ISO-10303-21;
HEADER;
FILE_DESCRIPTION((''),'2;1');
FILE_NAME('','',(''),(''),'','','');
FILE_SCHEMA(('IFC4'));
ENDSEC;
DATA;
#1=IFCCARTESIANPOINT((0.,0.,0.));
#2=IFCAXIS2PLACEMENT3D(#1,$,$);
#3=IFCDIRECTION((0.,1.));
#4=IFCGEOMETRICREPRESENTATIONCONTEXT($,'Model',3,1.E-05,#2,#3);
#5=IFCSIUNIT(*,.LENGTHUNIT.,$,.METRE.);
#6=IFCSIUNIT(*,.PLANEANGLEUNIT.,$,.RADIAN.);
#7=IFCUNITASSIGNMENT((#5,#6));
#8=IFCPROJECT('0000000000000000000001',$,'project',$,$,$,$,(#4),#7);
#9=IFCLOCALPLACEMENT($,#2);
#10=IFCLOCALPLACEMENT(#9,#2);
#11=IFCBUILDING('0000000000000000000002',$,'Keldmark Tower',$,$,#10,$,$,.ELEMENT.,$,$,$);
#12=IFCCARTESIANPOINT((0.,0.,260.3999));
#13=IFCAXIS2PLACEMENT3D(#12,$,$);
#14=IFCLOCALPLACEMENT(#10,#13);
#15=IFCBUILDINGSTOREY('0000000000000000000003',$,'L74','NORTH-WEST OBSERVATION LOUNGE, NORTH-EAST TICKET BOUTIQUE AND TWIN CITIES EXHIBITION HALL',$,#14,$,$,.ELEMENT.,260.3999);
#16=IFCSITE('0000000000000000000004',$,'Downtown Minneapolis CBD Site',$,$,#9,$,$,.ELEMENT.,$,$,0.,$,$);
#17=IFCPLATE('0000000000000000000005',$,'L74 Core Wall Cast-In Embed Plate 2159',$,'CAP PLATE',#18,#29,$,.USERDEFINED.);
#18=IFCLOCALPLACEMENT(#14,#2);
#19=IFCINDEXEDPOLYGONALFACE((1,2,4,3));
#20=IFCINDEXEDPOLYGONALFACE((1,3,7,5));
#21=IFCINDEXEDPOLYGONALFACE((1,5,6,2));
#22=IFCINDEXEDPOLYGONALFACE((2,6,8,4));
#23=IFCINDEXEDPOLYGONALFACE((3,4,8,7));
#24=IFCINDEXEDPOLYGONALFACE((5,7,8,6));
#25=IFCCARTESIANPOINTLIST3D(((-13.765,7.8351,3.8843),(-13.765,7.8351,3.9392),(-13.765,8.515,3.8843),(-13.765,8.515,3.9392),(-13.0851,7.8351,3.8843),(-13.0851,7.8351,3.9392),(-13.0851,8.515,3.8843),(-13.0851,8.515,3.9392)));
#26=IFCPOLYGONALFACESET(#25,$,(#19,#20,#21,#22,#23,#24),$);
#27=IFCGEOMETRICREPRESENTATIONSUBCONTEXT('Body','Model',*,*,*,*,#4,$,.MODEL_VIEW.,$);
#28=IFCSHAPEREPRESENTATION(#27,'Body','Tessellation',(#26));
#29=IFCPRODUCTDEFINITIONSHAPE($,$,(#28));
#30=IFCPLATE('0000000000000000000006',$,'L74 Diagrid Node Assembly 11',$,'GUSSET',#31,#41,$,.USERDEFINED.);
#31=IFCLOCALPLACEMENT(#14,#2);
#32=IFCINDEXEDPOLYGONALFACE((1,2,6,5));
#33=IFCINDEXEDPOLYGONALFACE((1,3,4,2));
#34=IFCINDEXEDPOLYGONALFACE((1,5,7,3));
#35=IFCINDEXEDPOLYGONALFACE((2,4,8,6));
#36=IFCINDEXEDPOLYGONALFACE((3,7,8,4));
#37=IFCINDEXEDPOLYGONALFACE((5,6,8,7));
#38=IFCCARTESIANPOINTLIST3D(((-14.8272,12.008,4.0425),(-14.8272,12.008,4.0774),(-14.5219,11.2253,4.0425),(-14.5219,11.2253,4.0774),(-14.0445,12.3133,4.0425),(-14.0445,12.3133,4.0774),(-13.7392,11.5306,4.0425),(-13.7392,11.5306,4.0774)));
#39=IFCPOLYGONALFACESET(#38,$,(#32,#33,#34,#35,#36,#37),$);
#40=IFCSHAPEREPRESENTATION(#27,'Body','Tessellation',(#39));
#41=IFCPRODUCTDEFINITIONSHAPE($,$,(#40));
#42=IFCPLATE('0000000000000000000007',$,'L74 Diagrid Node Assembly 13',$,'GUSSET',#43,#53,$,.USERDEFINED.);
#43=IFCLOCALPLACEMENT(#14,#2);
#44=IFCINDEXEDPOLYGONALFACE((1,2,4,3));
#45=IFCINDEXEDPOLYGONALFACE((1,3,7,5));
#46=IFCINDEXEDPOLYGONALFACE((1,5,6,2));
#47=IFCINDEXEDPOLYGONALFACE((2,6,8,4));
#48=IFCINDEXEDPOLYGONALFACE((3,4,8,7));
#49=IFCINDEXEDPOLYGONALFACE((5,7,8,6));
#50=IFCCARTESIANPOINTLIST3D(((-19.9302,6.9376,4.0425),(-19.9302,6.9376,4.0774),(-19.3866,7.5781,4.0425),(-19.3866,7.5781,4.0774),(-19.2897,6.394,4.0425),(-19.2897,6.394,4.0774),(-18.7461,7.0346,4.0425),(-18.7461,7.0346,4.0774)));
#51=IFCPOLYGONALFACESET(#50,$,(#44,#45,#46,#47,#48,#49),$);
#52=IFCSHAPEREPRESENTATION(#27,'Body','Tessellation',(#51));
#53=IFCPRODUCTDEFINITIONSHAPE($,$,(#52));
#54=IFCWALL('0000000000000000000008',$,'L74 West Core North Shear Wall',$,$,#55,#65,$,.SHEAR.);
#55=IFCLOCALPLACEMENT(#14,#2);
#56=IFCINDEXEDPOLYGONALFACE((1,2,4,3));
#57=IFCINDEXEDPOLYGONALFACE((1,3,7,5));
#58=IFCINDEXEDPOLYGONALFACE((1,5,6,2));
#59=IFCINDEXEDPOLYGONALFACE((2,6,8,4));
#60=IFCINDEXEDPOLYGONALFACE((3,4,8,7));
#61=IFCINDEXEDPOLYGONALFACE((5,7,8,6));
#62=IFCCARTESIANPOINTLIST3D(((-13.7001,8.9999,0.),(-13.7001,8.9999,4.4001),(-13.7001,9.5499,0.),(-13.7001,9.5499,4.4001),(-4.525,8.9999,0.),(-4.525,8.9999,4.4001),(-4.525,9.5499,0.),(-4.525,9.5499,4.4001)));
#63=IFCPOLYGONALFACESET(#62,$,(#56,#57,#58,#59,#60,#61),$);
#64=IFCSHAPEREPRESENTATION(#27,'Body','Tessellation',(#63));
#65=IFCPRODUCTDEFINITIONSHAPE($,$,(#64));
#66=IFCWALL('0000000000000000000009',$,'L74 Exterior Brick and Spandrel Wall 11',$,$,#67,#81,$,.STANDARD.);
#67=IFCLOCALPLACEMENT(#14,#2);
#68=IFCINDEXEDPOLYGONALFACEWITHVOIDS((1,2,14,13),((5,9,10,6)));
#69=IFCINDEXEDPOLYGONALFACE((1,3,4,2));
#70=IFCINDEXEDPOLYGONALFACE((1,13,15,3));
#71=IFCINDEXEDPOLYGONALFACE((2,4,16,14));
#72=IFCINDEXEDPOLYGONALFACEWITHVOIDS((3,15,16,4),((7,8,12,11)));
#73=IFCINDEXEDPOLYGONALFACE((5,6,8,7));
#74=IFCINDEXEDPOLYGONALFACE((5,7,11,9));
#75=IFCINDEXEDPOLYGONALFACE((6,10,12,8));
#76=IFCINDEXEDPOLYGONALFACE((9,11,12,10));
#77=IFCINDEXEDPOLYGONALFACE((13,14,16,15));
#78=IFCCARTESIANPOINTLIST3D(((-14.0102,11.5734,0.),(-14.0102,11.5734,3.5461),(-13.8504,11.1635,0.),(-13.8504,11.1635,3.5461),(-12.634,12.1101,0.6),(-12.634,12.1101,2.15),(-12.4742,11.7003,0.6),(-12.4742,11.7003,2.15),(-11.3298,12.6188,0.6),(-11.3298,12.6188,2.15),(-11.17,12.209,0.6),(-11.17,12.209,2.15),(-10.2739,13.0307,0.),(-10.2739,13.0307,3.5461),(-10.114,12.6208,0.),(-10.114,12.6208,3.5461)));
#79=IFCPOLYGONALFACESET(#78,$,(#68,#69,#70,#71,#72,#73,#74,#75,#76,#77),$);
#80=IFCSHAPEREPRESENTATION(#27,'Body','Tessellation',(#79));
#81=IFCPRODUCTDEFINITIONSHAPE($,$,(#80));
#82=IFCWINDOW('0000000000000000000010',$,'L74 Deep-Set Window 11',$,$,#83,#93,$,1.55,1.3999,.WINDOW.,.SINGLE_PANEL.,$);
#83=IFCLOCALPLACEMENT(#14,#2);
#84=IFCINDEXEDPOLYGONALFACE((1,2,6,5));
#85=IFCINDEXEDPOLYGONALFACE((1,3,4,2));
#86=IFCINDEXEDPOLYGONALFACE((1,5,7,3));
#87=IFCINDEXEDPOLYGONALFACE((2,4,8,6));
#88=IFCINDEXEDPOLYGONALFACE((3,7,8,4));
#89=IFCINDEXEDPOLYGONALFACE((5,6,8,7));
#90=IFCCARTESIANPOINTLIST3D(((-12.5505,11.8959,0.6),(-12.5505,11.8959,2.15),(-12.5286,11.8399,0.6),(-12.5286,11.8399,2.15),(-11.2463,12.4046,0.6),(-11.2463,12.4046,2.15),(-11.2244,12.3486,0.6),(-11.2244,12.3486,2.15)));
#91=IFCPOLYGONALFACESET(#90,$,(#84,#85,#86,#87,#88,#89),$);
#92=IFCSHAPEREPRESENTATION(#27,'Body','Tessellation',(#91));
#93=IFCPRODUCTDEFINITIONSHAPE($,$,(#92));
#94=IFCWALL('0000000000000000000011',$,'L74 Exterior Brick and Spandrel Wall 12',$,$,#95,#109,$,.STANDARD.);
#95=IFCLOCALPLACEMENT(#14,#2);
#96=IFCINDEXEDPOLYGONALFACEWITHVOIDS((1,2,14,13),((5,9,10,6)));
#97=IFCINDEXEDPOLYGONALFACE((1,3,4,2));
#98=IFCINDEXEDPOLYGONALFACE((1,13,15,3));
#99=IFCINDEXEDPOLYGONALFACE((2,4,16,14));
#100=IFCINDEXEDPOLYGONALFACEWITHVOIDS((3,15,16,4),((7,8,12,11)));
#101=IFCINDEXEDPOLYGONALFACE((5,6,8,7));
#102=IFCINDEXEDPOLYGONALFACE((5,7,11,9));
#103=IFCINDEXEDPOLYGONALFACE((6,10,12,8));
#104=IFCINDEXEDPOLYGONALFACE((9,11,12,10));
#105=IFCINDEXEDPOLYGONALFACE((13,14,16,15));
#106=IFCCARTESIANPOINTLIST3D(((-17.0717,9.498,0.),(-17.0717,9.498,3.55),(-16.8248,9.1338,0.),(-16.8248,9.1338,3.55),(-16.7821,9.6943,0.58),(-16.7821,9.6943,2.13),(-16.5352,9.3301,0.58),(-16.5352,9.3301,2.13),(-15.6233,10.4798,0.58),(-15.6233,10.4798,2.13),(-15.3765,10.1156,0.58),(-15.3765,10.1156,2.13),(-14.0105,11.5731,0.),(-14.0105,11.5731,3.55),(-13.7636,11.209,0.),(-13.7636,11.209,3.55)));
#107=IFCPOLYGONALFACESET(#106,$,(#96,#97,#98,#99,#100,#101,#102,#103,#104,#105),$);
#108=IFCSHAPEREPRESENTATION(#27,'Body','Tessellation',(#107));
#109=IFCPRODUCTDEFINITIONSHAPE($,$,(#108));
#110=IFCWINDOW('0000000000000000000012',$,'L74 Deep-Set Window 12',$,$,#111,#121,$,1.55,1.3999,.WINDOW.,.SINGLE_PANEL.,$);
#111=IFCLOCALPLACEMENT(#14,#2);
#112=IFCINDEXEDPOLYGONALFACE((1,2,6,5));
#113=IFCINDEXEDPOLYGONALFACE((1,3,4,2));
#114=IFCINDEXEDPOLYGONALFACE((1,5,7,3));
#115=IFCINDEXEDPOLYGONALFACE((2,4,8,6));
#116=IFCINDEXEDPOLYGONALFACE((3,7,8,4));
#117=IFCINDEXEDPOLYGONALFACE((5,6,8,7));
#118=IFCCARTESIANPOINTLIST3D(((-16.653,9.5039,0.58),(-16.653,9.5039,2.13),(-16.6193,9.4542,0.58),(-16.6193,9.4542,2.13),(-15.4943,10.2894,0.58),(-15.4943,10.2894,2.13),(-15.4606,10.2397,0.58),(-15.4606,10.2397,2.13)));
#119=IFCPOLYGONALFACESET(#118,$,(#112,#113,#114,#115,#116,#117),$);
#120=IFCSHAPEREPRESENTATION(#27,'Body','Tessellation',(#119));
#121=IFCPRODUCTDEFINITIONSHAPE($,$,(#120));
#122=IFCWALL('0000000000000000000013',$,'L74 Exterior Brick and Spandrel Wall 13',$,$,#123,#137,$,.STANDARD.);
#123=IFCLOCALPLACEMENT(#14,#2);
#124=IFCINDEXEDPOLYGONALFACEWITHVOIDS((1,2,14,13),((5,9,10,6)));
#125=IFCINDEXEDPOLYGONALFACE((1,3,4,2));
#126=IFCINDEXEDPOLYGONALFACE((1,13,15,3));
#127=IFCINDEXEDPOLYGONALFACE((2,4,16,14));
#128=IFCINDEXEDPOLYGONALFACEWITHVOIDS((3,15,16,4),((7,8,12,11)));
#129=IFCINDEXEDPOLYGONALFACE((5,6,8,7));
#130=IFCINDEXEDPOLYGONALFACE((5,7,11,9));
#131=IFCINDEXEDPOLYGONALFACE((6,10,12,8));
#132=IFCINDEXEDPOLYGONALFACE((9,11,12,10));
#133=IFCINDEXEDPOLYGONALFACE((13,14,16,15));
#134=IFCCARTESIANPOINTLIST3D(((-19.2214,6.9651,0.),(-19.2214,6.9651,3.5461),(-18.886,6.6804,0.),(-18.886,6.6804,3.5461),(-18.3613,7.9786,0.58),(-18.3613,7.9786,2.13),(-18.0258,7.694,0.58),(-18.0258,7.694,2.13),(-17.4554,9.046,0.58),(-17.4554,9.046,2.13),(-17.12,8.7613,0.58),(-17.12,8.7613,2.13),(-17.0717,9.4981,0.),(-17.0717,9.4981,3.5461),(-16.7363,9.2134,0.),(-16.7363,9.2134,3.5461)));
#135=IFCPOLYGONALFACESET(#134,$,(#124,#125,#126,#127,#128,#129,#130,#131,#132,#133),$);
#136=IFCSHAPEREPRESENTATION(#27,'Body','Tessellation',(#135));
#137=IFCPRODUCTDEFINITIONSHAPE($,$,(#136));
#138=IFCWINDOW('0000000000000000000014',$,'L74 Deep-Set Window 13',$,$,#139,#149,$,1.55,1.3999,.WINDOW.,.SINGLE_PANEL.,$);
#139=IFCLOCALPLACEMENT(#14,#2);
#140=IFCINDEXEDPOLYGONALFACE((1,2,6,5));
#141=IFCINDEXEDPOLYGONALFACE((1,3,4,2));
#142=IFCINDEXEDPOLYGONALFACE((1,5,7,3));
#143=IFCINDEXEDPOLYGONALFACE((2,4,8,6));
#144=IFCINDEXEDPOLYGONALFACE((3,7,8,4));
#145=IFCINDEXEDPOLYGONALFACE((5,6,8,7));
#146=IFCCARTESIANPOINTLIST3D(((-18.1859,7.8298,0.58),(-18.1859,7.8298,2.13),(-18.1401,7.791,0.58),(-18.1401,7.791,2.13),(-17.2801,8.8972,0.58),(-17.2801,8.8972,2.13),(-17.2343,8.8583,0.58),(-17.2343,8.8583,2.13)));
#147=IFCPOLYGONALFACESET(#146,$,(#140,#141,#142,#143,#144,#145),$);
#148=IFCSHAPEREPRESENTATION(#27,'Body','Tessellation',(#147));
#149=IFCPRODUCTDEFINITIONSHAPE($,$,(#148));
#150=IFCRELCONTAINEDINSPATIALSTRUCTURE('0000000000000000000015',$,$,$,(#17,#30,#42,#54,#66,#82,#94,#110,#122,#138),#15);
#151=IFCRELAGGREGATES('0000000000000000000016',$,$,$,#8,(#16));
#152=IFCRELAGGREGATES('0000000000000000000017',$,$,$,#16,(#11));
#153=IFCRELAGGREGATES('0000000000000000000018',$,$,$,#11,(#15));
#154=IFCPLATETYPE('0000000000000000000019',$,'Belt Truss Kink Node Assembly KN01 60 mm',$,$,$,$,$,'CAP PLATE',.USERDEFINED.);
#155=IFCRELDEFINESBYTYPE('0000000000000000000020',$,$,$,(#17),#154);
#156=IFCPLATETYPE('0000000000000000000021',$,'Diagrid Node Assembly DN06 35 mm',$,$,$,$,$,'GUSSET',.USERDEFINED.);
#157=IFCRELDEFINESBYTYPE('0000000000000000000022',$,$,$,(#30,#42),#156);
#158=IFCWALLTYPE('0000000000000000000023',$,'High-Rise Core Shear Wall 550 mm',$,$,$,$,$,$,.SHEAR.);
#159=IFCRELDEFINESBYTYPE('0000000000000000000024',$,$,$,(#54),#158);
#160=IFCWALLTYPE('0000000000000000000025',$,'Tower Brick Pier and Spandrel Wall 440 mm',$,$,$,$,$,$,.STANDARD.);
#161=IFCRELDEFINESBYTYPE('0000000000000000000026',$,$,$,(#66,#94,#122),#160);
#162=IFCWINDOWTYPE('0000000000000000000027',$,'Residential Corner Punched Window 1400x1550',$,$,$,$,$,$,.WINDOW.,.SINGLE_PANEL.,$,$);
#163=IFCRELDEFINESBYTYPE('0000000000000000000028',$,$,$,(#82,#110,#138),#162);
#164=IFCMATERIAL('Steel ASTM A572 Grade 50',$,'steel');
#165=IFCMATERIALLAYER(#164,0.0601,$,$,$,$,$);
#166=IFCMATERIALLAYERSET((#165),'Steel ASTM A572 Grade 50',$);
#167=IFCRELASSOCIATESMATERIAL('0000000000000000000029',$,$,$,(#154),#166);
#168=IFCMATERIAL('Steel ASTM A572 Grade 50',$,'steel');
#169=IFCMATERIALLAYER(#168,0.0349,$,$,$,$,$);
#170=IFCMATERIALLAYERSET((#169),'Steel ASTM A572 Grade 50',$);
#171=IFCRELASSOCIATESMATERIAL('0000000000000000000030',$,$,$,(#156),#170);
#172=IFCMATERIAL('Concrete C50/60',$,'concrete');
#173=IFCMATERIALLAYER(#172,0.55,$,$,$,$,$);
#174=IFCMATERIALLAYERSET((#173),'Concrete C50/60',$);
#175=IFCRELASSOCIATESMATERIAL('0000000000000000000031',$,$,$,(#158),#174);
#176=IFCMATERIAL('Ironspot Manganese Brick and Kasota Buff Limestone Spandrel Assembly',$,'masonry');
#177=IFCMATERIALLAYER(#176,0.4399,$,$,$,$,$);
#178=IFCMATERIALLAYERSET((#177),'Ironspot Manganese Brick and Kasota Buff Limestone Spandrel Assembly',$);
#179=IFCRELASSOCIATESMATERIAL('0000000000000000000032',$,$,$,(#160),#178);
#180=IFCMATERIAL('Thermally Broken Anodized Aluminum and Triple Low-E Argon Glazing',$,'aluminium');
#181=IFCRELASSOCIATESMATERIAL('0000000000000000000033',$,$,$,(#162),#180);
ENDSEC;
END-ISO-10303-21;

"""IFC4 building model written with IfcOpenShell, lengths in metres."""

from ifc_helpers import new_model, si_unit, direction, frame, frame_2d, origin, origin_2d, place, context, subcontext, project, spatial, rectangle, extrude, material, layer, layer_set, type_object, element, fill, save


model = new_model("IFC4")

# Units and contexts
model_context = context("Model", 3, precision=1e-05, world=origin(), true_north=direction((0.0, 1.0)))
body_context = subcontext(model_context, "Body", "Model", "MODEL_VIEW")
ifc_project = project(units=[si_unit("LENGTHUNIT", "METRE"), si_unit("PLANEANGLEUNIT", "RADIAN")], contexts=[model_context])

# Site, building, storey
site_placement = place(None, origin())
site = spatial("IfcSite", under=ifc_project, at=site_placement, Name="Downtown Minneapolis CBD Site", CompositionType="ELEMENT", RefElevation=0.0)
building_placement = place(site_placement, origin())
building = spatial("IfcBuilding", under=site, at=building_placement, Name="Keldmark Tower", CompositionType="ELEMENT")
storey_placement = place(building_placement, frame((0.0, 0.0, 260.3999)))
storey = spatial("IfcBuildingStorey", under=building, at=storey_placement, Name="L74", Description="NORTH-WEST OBSERVATION LOUNGE, NORTH-EAST TICKET BOUTIQUE AND TWIN CITIES EXHIBITION HALL", CompositionType="ELEMENT", Elevation=260.3999)

# Plates
ifc_material_1 = material(Name="Steel ASTM A572 Grade 50", Category="steel")
ifc_layer_1 = layer(ifc_material_1, 0.0601)
ifc_layer_set_1 = layer_set([ifc_layer_1], Name="Steel ASTM A572 Grade 50")
plate_type_1 = type_object("IfcPlateType", Name="Belt Truss Kink Node Assembly KN01 60 mm", ElementType="CAP PLATE", PredefinedType="USERDEFINED", material=ifc_layer_set_1)
for number, where, z_axis, x_axis, name in (
    (1, (-13.425, 8.175, 3.8843), (0.0, 0.0, 1.0), (1.0, 0.0, 0.0), "L74 Core Wall Cast-In Embed Plate 2159"),
):
    element("IfcPlate", number, at=place(storey_placement, frame(where, z_axis=z_axis, x_axis=x_axis)), inside=storey, type_object=plate_type_1, Name=name, ObjectType="CAP PLATE", PredefinedType="USERDEFINED", context=body_context, shape_type="SweptSolid", body=[
        extrude(rectangle(XDim=0.6799, YDim=0.6799, at=origin_2d()), origin(), (0.0, 0.0, 1.0), 0.0549),
    ])
ifc_material_2 = material(Name="Steel ASTM A572 Grade 50", Category="steel")
ifc_layer_2 = layer(ifc_material_2, 0.0349)
ifc_layer_set_2 = layer_set([ifc_layer_2], Name="Steel ASTM A572 Grade 50")
plate_type_2 = type_object("IfcPlateType", Name="Diagrid Node Assembly DN06 35 mm", ElementType="GUSSET", PredefinedType="USERDEFINED", material=ifc_layer_set_2)
for number, where, z_axis, x_axis, name in (
    (2, (-14.2832, 11.7693, 4.0425), (0.0, 0.0, 1.0), (-0.931628, -0.363414, 0.0), "L74 Diagrid Node Assembly 11"),
    (3, (-19.3381, 6.9861, 4.0425), (0.0, 0.0, 1.0), (-0.647056, -0.762443, 0.0), "L74 Diagrid Node Assembly 13"),
):
    element("IfcPlate", number, at=place(storey_placement, frame(where, z_axis=z_axis, x_axis=x_axis)), inside=storey, type_object=plate_type_2, Name=name, ObjectType="GUSSET", PredefinedType="USERDEFINED", context=body_context, shape_type="SweptSolid", body=[
        extrude(rectangle(XDim=0.8401, YDim=0.8401, at=origin_2d()), origin(), (0.0, 0.0, 1.0), 0.0349),
    ])

# Wall
ifc_material_3 = material(Name="Concrete C50/60", Category="concrete")
ifc_layer_3 = layer(ifc_material_3, 0.55)
ifc_layer_set_3 = layer_set([ifc_layer_3], Name="Concrete C50/60")
wall_type_1 = type_object("IfcWallType", Name="High-Rise Core Shear Wall 550 mm", PredefinedType="SHEAR", material=ifc_layer_set_3)
wall_1_placement = place(storey_placement, frame((-13.7, 9.2749, 0.0), z_axis=(0.0, 0.0, 1.0), x_axis=(1.0, 0.0, 0.0)))
element("IfcWall", 4, at=wall_1_placement, inside=storey, type_object=wall_type_1, Name="L74 West Core North Shear Wall", PredefinedType="SHEAR", context=body_context, shape_type="SweptSolid", body=[
    extrude(rectangle(XDim=9.175, YDim=0.55, at=frame_2d((4.5874, 0.0))), origin(), (0.0, 0.0, 1.0), 4.4001),
])

# Walls, openings, windows
ifc_material_4 = material(Name="Ironspot Manganese Brick and Kasota Buff Limestone Spandrel Assembly", Category="masonry")
ifc_layer_4 = layer(ifc_material_4, 0.4399)
ifc_layer_set_4 = layer_set([ifc_layer_4], Name="Ironspot Manganese Brick and Kasota Buff Limestone Spandrel Assembly")
wall_type_2 = type_object("IfcWallType", Name="Tower Brick Pier and Spandrel Wall 440 mm", PredefinedType="STANDARD", material=ifc_layer_set_4)
wall_2_placement = place(storey_placement, frame((-13.9304, 11.3684, 0.0), z_axis=(0.0, 0.0, 1.0), x_axis=(0.931645, 0.363369, 0.0)))
wall_2 = element("IfcWall", 5, at=wall_2_placement, inside=storey, type_object=wall_type_2, Name="L74 Exterior Brick and Spandrel Wall 11", PredefinedType="STANDARD", context=body_context, shape_type="SweptSolid", body=[
    extrude(rectangle(XDim=4.0105, YDim=0.4399, at=frame_2d((2.0054, 0.0))), origin(), (0.0, 0.0, 1.0), 3.5461),
])
opening_1_placement = place(wall_2_placement, frame((1.4773, 0.0, 0.6001)))
opening_1 = element("IfcOpeningElement", 6, at=opening_1_placement, cuts=wall_2, PredefinedType="OPENING", context=body_context, shape_type="SweptSolid", body=[
    extrude(rectangle(XDim=1.3999, YDim=1.55, at=frame_2d((0.7, 0.7749))), frame((0.0, 0.23, 0.0), z_axis=(0.0, -1.0, 0.0), x_axis=(1.0, 0.0, 0.0)), (0.0, 0.0, 1.0), 0.46),
])
ifc_material_5 = material(Name="Thermally Broken Anodized Aluminum and Triple Low-E Argon Glazing", Category="aluminium")
window_type = type_object("IfcWindowType", Name="Residential Corner Punched Window 1400x1550", PartitioningType="SINGLE_PANEL", PredefinedType="WINDOW", material=ifc_material_5)
window_1_placement = place(opening_1_placement, origin())
window_1 = element("IfcWindow", 7, at=window_1_placement, inside=storey, type_object=window_type, Name="L74 Deep-Set Window 11", OverallHeight=1.55, OverallWidth=1.3999, PartitioningType="SINGLE_PANEL", PredefinedType="WINDOW", context=body_context, shape_type="SweptSolid", body=[
    extrude(rectangle(XDim=1.3999, YDim=1.55, at=frame_2d((0.7, 0.7749))), frame((0.0, -0.01, 0.0), z_axis=(0.0, -1.0, 0.0), x_axis=(1.0, 0.0, 0.0)), (0.0, 0.0, 1.0), 0.0601),
])
fill(opening_1, window_1)
wall_3_placement = place(storey_placement, frame((-16.9482, 9.3159, 0.0), z_axis=(0.0, 0.0, 1.0), x_axis=(0.82774, 0.561112, 0.0)))
wall_3 = element("IfcWall", 8, at=wall_3_placement, inside=storey, type_object=wall_type_2, Name="L74 Exterior Brick and Spandrel Wall 12", PredefinedType="STANDARD", context=body_context, shape_type="SweptSolid", body=[
    extrude(rectangle(XDim=3.6982, YDim=0.4399, at=frame_2d((1.8491, 0.0))), origin(), (0.0, 0.0, 1.0), 3.55),
])
opening_2_placement = place(wall_3_placement, frame((0.3499, 0.0, 0.5801)))
opening_2 = element("IfcOpeningElement", 9, at=opening_2_placement, cuts=wall_3, PredefinedType="OPENING", context=body_context, shape_type="SweptSolid", body=[
    extrude(rectangle(XDim=1.3999, YDim=1.55, at=frame_2d((0.7, 0.7749))), frame((0.0, 0.23, 0.0), z_axis=(0.0, -1.0, 0.0), x_axis=(1.0, 0.0, 0.0)), (0.0, 0.0, 1.0), 0.46),
])
window_2_placement = place(opening_2_placement, origin())
window_2 = element("IfcWindow", 10, at=window_2_placement, inside=storey, type_object=window_type, Name="L74 Deep-Set Window 12", OverallHeight=1.55, OverallWidth=1.3999, PartitioningType="SINGLE_PANEL", PredefinedType="WINDOW", context=body_context, shape_type="SweptSolid", body=[
    extrude(rectangle(XDim=1.3999, YDim=1.55, at=frame_2d((0.7, 0.7749))), frame((0.0, -0.01, 0.0), z_axis=(0.0, -1.0, 0.0), x_axis=(1.0, 0.0, 0.0)), (0.0, 0.0, 1.0), 0.0601),
])
fill(opening_2, window_2)
wall_4_placement = place(storey_placement, frame((-19.0537, 6.8228, 0.0), z_axis=(0.0, 0.0, 1.0), x_axis=(0.647062, 0.762438, 0.0)))
wall_4 = element("IfcWall", 11, at=wall_4_placement, inside=storey, type_object=wall_type_2, Name="L74 Exterior Brick and Spandrel Wall 13", PredefinedType="STANDARD", context=body_context, shape_type="SweptSolid", body=[
    extrude(rectangle(XDim=3.3223, YDim=0.4399, at=frame_2d((1.6611, 0.0))), origin(), (0.0, 0.0, 1.0), 3.5461),
])
opening_3_placement = place(wall_4_placement, frame((1.3293, 0.0, 0.5801)))
opening_3 = element("IfcOpeningElement", 12, at=opening_3_placement, cuts=wall_4, PredefinedType="OPENING", context=body_context, shape_type="SweptSolid", body=[
    extrude(rectangle(XDim=1.3999, YDim=1.55, at=frame_2d((0.7, 0.7749))), frame((0.0, 0.23, 0.0), z_axis=(0.0, -1.0, 0.0), x_axis=(1.0, 0.0, 0.0)), (0.0, 0.0, 1.0), 0.46),
])
window_3_placement = place(opening_3_placement, origin())
window_3 = element("IfcWindow", 13, at=window_3_placement, inside=storey, type_object=window_type, Name="L74 Deep-Set Window 13", OverallHeight=1.55, OverallWidth=1.3999, PartitioningType="SINGLE_PANEL", PredefinedType="WINDOW", context=body_context, shape_type="SweptSolid", body=[
    extrude(rectangle(XDim=1.3999, YDim=1.55, at=frame_2d((0.7, 0.7749))), frame((0.0, -0.01, 0.0), z_axis=(0.0, -1.0, 0.0), x_axis=(1.0, 0.0, 0.0)), (0.0, 0.0, 1.0), 0.0601),
])
fill(opening_3, window_3)

save(model, "model.ifc")
